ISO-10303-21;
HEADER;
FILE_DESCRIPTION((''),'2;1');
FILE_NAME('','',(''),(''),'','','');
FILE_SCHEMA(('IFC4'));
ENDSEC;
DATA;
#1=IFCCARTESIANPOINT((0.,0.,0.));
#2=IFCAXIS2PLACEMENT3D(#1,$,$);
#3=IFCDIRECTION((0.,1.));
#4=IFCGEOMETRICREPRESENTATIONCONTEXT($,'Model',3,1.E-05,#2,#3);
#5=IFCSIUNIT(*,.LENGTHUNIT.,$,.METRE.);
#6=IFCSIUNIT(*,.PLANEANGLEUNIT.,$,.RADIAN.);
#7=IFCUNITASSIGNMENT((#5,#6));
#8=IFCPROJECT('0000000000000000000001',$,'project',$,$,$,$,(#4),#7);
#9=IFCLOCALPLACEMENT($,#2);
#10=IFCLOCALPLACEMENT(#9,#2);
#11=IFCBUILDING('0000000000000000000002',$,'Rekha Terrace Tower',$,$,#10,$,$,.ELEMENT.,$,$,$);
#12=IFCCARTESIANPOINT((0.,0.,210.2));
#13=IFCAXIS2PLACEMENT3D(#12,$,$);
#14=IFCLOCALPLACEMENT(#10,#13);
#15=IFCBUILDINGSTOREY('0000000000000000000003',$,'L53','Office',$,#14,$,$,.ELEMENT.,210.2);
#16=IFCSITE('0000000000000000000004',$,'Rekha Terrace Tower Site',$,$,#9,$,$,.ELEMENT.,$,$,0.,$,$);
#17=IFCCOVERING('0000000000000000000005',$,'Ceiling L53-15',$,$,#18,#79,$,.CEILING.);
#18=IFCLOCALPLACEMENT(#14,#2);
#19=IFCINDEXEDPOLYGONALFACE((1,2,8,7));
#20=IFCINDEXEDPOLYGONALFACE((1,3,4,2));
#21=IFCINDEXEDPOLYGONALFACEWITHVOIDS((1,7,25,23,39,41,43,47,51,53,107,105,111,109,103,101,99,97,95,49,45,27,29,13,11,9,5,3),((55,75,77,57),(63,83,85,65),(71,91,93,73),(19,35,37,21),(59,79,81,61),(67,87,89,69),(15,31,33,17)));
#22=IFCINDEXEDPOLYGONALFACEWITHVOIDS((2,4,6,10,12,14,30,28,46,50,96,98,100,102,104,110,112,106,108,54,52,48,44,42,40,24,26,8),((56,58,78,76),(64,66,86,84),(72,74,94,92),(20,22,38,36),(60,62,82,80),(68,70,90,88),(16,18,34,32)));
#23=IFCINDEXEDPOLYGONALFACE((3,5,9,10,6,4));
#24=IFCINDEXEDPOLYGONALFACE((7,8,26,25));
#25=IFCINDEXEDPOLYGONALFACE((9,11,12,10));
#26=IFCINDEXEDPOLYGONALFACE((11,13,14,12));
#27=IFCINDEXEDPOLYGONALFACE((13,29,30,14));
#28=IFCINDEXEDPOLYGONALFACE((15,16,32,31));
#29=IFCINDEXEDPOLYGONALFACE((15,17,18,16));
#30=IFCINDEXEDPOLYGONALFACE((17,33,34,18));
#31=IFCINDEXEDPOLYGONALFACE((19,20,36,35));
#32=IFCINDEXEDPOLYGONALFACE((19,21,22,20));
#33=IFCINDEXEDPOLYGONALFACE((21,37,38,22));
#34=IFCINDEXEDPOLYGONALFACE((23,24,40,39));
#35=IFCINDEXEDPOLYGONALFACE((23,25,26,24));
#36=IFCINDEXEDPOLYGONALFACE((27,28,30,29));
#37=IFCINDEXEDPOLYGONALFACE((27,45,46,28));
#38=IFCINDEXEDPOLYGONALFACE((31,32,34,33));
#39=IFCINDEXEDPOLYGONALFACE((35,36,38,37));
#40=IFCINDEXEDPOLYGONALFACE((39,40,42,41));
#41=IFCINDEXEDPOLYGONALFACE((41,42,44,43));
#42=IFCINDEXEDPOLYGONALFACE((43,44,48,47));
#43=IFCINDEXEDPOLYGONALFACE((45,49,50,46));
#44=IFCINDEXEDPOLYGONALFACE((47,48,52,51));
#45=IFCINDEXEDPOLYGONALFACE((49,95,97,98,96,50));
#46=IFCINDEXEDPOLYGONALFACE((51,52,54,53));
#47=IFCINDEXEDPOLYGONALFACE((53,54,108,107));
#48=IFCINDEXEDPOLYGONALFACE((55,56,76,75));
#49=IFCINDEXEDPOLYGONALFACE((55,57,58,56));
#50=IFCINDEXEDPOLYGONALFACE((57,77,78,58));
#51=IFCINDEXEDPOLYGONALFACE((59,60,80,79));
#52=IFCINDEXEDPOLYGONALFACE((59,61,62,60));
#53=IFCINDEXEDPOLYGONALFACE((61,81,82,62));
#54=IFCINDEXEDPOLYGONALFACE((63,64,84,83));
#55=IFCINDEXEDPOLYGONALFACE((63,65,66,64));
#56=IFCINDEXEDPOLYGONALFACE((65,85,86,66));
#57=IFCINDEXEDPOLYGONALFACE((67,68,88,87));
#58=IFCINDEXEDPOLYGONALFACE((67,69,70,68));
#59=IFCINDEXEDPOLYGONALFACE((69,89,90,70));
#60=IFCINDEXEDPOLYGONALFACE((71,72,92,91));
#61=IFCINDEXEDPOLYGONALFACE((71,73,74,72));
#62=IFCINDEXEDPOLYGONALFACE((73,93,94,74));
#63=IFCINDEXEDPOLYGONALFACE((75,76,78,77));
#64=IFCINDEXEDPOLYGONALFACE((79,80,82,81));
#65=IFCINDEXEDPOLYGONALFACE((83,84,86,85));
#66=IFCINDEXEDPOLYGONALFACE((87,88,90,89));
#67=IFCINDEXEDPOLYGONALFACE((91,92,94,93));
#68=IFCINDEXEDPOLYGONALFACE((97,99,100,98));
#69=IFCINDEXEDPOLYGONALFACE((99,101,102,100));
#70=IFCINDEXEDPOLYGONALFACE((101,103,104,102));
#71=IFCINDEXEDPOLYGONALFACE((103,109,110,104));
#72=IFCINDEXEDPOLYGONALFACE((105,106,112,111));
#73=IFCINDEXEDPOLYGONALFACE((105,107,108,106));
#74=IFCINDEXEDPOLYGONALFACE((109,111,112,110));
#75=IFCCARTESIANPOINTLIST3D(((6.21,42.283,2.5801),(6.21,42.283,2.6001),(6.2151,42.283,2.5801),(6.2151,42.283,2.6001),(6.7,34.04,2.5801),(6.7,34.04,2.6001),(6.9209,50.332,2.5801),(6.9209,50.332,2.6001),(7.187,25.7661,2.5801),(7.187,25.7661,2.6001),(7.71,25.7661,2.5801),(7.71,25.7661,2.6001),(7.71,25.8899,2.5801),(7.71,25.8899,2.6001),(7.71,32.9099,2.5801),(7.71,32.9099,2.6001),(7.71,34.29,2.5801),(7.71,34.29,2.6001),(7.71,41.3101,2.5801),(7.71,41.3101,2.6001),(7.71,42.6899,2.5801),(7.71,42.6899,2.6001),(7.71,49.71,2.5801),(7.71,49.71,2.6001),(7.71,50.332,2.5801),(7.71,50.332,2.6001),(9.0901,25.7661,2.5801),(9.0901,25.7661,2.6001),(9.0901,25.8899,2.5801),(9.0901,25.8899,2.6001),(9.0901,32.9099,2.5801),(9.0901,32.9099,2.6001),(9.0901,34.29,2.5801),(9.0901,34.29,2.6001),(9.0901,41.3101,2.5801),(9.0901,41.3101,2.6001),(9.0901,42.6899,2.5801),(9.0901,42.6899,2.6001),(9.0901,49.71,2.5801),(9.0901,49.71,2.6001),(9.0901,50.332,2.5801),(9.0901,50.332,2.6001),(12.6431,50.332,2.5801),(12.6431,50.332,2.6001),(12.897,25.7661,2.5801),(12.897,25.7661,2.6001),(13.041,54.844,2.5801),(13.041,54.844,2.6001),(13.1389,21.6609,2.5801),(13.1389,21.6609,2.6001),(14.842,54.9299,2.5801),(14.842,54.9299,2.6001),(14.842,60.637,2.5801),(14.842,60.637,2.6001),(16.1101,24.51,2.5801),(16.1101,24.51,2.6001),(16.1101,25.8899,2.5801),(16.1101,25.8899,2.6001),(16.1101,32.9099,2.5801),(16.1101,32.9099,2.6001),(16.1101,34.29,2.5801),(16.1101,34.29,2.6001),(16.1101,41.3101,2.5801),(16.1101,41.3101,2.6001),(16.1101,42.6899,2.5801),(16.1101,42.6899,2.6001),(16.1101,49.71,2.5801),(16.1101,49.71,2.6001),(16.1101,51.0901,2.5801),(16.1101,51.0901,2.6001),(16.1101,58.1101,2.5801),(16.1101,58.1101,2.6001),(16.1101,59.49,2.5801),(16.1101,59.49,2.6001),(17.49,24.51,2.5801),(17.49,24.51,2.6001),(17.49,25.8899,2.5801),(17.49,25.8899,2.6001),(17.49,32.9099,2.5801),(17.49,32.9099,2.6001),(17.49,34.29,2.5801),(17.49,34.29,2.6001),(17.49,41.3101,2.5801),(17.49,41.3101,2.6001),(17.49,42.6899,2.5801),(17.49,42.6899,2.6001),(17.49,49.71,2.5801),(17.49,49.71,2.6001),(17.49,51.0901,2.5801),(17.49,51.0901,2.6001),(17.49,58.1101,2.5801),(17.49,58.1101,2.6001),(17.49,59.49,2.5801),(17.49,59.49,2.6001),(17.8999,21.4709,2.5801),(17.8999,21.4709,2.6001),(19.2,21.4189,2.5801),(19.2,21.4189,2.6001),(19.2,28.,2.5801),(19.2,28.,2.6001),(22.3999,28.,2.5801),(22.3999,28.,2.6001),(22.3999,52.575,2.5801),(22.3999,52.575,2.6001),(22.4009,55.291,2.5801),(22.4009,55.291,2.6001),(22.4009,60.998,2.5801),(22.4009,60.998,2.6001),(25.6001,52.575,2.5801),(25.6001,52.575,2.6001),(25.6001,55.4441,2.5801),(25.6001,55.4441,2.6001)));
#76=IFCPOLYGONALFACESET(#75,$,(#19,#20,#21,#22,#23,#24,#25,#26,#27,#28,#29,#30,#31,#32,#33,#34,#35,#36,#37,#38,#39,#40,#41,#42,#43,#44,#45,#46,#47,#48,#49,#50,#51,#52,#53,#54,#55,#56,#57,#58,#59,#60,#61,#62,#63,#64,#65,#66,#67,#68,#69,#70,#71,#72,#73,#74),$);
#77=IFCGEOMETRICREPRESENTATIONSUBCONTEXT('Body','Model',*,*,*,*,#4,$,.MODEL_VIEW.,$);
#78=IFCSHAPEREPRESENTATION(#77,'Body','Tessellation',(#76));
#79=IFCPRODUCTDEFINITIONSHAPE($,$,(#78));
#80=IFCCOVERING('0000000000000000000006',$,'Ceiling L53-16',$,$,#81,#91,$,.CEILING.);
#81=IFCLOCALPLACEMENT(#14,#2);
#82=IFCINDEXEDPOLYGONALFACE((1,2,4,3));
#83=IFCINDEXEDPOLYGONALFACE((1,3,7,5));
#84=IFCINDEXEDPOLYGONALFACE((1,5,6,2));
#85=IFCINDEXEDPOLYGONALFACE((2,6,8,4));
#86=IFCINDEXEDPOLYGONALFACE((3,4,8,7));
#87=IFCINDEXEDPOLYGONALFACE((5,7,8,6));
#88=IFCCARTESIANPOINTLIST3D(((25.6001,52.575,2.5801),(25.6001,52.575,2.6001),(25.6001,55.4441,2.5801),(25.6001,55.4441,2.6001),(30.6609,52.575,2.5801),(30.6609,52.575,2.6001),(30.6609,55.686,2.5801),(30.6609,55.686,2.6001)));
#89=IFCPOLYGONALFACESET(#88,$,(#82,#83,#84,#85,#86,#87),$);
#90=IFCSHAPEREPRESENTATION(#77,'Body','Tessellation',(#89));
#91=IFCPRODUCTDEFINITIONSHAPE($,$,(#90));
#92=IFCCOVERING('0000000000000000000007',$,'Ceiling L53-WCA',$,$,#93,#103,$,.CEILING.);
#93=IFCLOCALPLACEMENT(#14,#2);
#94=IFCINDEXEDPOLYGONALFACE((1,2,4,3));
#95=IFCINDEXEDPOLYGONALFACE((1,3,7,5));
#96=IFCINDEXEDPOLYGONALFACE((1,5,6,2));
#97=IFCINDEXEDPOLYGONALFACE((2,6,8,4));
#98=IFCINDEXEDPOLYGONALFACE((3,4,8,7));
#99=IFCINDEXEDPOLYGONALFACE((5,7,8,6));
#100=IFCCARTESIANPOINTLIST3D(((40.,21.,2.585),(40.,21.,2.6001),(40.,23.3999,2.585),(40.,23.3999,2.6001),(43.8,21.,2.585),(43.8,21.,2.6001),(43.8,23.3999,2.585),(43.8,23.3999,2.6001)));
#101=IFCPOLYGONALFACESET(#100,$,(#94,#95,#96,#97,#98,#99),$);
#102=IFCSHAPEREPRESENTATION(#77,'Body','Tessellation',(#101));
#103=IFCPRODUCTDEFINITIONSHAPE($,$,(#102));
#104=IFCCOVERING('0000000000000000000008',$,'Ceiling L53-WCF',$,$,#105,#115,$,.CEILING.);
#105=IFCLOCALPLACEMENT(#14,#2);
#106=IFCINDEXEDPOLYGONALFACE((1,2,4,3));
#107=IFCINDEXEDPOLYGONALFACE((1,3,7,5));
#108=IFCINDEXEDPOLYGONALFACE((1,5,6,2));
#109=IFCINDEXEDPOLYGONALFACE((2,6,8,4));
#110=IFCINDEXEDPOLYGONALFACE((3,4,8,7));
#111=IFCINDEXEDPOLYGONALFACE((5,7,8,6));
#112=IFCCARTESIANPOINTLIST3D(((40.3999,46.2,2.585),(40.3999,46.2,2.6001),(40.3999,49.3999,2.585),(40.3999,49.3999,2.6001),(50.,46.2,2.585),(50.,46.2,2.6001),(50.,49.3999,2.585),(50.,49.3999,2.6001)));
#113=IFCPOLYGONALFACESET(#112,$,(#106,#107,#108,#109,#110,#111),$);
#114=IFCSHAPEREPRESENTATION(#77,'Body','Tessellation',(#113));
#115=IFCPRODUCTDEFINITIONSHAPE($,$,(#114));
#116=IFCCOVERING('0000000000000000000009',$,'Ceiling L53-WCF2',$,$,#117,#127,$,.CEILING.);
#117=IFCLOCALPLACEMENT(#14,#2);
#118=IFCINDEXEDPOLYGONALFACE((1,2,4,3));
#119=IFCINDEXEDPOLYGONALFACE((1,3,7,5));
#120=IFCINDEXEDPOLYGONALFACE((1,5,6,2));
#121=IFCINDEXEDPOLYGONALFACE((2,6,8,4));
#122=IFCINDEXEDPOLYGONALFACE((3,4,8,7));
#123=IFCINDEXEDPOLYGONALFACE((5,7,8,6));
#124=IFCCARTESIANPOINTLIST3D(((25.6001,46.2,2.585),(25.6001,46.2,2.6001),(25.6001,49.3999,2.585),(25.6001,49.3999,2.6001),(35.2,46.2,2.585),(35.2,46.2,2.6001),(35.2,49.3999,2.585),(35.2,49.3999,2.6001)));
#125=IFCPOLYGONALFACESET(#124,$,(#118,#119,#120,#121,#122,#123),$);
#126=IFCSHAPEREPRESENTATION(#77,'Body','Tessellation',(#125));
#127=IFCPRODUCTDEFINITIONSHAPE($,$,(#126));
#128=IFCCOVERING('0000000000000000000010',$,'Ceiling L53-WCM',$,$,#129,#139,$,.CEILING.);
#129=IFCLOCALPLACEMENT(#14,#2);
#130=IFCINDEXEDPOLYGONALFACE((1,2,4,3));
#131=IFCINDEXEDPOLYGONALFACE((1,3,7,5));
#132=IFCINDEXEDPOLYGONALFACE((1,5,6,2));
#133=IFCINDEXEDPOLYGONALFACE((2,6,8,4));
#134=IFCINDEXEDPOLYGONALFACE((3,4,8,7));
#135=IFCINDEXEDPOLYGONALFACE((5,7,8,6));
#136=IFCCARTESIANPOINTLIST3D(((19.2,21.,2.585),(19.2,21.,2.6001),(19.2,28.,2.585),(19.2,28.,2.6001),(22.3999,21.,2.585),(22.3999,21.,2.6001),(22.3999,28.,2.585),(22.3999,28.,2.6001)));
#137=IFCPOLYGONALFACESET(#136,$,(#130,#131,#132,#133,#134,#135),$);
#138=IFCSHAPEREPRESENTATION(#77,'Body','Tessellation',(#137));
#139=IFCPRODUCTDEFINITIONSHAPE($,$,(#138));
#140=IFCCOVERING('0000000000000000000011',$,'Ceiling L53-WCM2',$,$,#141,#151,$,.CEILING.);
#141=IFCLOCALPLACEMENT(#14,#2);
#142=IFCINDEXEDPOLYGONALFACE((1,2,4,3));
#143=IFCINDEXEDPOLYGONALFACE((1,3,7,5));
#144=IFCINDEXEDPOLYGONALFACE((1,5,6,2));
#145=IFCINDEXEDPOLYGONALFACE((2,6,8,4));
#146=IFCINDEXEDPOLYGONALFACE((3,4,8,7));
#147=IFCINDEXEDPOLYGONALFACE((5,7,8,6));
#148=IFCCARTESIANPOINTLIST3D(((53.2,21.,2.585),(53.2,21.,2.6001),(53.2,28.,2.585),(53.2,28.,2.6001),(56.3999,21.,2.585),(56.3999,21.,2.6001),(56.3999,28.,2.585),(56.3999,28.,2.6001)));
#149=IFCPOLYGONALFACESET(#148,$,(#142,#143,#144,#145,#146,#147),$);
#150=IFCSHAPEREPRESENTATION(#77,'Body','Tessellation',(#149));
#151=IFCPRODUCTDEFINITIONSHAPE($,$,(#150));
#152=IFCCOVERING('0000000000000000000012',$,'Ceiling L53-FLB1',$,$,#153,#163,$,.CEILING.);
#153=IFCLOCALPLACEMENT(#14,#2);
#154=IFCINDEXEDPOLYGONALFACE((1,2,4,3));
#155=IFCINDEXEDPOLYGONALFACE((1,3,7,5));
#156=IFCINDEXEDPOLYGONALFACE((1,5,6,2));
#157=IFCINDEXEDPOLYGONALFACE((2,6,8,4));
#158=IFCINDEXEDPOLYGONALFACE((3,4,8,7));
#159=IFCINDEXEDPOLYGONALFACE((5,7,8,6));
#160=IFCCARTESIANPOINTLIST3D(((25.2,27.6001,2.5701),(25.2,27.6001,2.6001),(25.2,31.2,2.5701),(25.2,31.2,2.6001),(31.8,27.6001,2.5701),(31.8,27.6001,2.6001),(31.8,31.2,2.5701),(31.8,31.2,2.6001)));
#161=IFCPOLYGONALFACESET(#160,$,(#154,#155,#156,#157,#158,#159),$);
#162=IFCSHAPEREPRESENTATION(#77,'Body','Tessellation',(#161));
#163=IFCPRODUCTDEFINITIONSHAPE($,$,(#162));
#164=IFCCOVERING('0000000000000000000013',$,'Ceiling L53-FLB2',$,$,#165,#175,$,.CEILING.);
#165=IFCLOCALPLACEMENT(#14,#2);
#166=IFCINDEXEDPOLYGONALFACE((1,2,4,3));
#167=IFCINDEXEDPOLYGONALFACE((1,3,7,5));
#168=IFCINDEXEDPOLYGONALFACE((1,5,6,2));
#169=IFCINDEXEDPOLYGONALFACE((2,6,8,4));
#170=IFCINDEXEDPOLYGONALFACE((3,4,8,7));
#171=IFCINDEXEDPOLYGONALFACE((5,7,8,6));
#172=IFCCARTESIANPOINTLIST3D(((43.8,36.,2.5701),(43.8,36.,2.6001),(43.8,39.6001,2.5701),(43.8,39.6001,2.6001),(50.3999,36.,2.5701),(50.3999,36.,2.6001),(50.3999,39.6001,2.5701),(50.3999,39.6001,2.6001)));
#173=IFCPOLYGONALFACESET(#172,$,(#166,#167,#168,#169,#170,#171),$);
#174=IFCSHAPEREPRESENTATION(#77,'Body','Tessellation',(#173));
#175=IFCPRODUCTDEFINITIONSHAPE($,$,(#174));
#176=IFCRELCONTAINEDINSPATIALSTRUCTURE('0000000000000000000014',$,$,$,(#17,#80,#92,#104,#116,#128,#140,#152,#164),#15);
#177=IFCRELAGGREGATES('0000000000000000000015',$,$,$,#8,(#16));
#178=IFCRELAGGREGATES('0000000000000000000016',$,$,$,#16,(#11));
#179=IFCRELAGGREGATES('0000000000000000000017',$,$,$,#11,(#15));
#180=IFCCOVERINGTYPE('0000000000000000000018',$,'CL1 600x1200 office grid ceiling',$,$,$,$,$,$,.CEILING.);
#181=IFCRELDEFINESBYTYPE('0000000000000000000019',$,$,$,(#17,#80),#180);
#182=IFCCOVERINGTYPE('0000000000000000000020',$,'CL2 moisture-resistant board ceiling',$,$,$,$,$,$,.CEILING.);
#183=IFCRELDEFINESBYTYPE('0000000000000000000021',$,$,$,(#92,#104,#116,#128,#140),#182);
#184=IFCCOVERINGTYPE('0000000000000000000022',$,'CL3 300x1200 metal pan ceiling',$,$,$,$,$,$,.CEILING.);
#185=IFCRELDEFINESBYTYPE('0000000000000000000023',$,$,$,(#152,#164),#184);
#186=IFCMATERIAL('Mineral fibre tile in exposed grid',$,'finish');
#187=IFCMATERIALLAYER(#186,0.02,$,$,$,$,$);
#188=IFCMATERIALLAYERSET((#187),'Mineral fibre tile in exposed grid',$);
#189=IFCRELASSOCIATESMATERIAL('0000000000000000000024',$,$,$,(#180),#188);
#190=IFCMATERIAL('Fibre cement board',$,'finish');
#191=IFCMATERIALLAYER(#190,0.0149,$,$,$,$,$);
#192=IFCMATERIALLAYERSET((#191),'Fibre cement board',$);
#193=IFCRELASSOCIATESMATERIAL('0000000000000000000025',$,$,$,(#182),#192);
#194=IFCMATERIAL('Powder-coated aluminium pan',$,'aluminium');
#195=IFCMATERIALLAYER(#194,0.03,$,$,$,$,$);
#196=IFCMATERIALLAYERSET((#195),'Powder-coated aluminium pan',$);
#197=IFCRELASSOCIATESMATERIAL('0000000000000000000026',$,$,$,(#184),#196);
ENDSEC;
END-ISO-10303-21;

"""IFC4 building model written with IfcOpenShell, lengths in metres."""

from ifc_helpers import new_model, si_unit, direction, frame, origin, place, context, subcontext, project, spatial, polyline, outline, extrude, material, layer, layer_set, type_object, element, save


model = new_model("IFC4")

# Units and contexts
model_context = context("Model", 3, precision=1e-05, world=origin(), true_north=direction((0.0, 1.0)))
body_context = subcontext(model_context, "Body", "Model", "MODEL_VIEW")
ifc_project = project(units=[si_unit("LENGTHUNIT", "METRE"), si_unit("PLANEANGLEUNIT", "RADIAN")], contexts=[model_context])

# Site, building, storey
site_placement = place(None, origin())
site = spatial("IfcSite", under=ifc_project, at=site_placement, Name="Rekha Terrace Tower Site", CompositionType="ELEMENT", RefElevation=0.0)
building_placement = place(site_placement, origin())
building = spatial("IfcBuilding", under=site, at=building_placement, Name="Rekha Terrace Tower", CompositionType="ELEMENT")
storey_placement = place(building_placement, frame((0.0, 0.0, 210.2)))
storey = spatial("IfcBuildingStorey", under=building, at=storey_placement, Name="L53", Description="Office", CompositionType="ELEMENT", Elevation=210.2)

# Coverings
ifc_material_1 = material(Name="Mineral fibre tile in exposed grid", Category="finish")
ifc_layer_1 = layer(ifc_material_1, 0.02)
ifc_layer_set_1 = layer_set([ifc_layer_1], Name="Mineral fibre tile in exposed grid")
covering_type_1 = type_object("IfcCoveringType", Name="CL1 600x1200 office grid ceiling", PredefinedType="CEILING", material=ifc_layer_set_1)
covering_1_placement = place(storey_placement, frame((0.0, 0.0, 2.5801)))
element("IfcCovering", 1, at=covering_1_placement, inside=storey, type_object=covering_type_1, Name="Ceiling L53-15", PredefinedType="CEILING", context=body_context, shape_type="SweptSolid", body=[
    extrude(outline(polyline([(6.9209, 50.332), (6.21, 42.283), (6.2151, 42.283), (6.7, 34.04), (7.187, 25.7661), (7.71, 25.7661), (7.71, 25.8899), (9.0901, 25.8899), (9.0901, 25.7661), (12.897, 25.7661), (13.1389, 21.6609), (17.8999, 21.4709), (19.2, 21.4189), (19.2, 28.0), (22.3999, 28.0), (22.3999, 52.575), (25.6001, 52.575), (25.6001, 55.4441), (22.4009, 55.291), (22.4009, 60.998), (14.842, 60.637), (14.842, 54.9299), (13.041, 54.844), (12.6431, 50.332), (9.0901, 50.332), (9.0901, 49.71), (7.71, 49.71), (7.71, 50.332), (6.9209, 50.332)]), holes=[polyline([(17.49, 24.51), (16.1101, 24.51), (16.1101, 25.8899), (17.49, 25.8899), (17.49, 24.51)]), polyline([(17.49, 32.9099), (16.1101, 32.9099), (16.1101, 34.29), (17.49, 34.29), (17.49, 32.9099)]), polyline([(17.49, 42.6899), (17.49, 41.3101), (16.1101, 41.3101), (16.1101, 42.6899), (17.49, 42.6899)]), polyline([(17.49, 51.0901), (17.49, 49.71), (16.1101, 49.71), (16.1101, 51.0901), (17.49, 51.0901)]), polyline([(17.49, 59.49), (17.49, 58.1101), (16.1101, 58.1101), (16.1101, 59.49), (17.49, 59.49)]), polyline([(9.0901, 34.29), (9.0901, 32.9099), (7.71, 32.9099), (7.71, 34.29), (9.0901, 34.29)]), polyline([(9.0901, 41.3101), (7.71, 41.3101), (7.71, 42.6899), (9.0901, 42.6899), (9.0901, 41.3101)])]), origin(), (0.0, 0.0, 1.0), 0.02),
])
covering_2_placement = place(storey_placement, frame((0.0, 0.0, 2.5801)))
element("IfcCovering", 2, at=covering_2_placement, inside=storey, type_object=covering_type_1, Name="Ceiling L53-16", PredefinedType="CEILING", context=body_context, shape_type="SweptSolid", body=[
    extrude(outline(polyline([(25.6001, 55.4441), (25.6001, 52.575), (30.6609, 52.575), (30.6609, 55.686), (25.6001, 55.4441)])), origin(), (0.0, 0.0, 1.0), 0.02),
])
ifc_material_2 = material(Name="Fibre cement board", Category="finish")
ifc_layer_2 = layer(ifc_material_2, 0.0149)
ifc_layer_set_2 = layer_set([ifc_layer_2], Name="Fibre cement board")
covering_type_2 = type_object("IfcCoveringType", Name="CL2 moisture-resistant board ceiling", PredefinedType="CEILING", material=ifc_layer_set_2)
covering_3_placement = place(storey_placement, frame((0.0, 0.0, 2.585)))
element("IfcCovering", 3, at=covering_3_placement, inside=storey, type_object=covering_type_2, Name="Ceiling L53-WCA", PredefinedType="CEILING", context=body_context, shape_type="SweptSolid", body=[
    extrude(outline(polyline([(43.8, 23.3999), (40.0, 23.3999), (40.0, 21.0), (43.8, 21.0), (43.8, 23.3999)])), origin(), (0.0, 0.0, 1.0), 0.0151),
])
covering_4_placement = place(storey_placement, frame((0.0, 0.0, 2.585)))
element("IfcCovering", 4, at=covering_4_placement, inside=storey, type_object=covering_type_2, Name="Ceiling L53-WCF", PredefinedType="CEILING", context=body_context, shape_type="SweptSolid", body=[
    extrude(outline(polyline([(50.0, 49.3999), (40.3999, 49.3999), (40.3999, 46.2), (50.0, 46.2), (50.0, 49.3999)])), origin(), (0.0, 0.0, 1.0), 0.0151),
])
covering_5_placement = place(storey_placement, frame((0.0, 0.0, 2.585)))
element("IfcCovering", 5, at=covering_5_placement, inside=storey, type_object=covering_type_2, Name="Ceiling L53-WCF2", PredefinedType="CEILING", context=body_context, shape_type="SweptSolid", body=[
    extrude(outline(polyline([(35.2, 49.3999), (25.6001, 49.3999), (25.6001, 46.2), (35.2, 46.2), (35.2, 49.3999)])), origin(), (0.0, 0.0, 1.0), 0.0151),
])
covering_6_placement = place(storey_placement, frame((0.0, 0.0, 2.585)))
element("IfcCovering", 6, at=covering_6_placement, inside=storey, type_object=covering_type_2, Name="Ceiling L53-WCM", PredefinedType="CEILING", context=body_context, shape_type="SweptSolid", body=[
    extrude(outline(polyline([(22.3999, 28.0), (19.2, 28.0), (19.2, 21.0), (22.3999, 21.0), (22.3999, 28.0)])), origin(), (0.0, 0.0, 1.0), 0.0151),
])
covering_7_placement = place(storey_placement, frame((0.0, 0.0, 2.585)))
element("IfcCovering", 7, at=covering_7_placement, inside=storey, type_object=covering_type_2, Name="Ceiling L53-WCM2", PredefinedType="CEILING", context=body_context, shape_type="SweptSolid", body=[
    extrude(outline(polyline([(56.3999, 28.0), (53.2, 28.0), (53.2, 21.0), (56.3999, 21.0), (56.3999, 28.0)])), origin(), (0.0, 0.0, 1.0), 0.0151),
])
ifc_material_3 = material(Name="Powder-coated aluminium pan", Category="aluminium")
ifc_layer_3 = layer(ifc_material_3, 0.03)
ifc_layer_set_3 = layer_set([ifc_layer_3], Name="Powder-coated aluminium pan")
covering_type_3 = type_object("IfcCoveringType", Name="CL3 300x1200 metal pan ceiling", PredefinedType="CEILING", material=ifc_layer_set_3)
covering_8_placement = place(storey_placement, frame((0.0, 0.0, 2.5701)))
element("IfcCovering", 8, at=covering_8_placement, inside=storey, type_object=covering_type_3, Name="Ceiling L53-FLB1", PredefinedType="CEILING", context=body_context, shape_type="SweptSolid", body=[
    extrude(outline(polyline([(31.8, 31.2), (25.2, 31.2), (25.2, 27.6001), (31.8, 27.6001), (31.8, 31.2)])), origin(), (0.0, 0.0, 1.0), 0.03),
])
covering_9_placement = place(storey_placement, frame((0.0, 0.0, 2.5701)))
element("IfcCovering", 9, at=covering_9_placement, inside=storey, type_object=covering_type_3, Name="Ceiling L53-FLB2", PredefinedType="CEILING", context=body_context, shape_type="SweptSolid", body=[
    extrude(outline(polyline([(50.3999, 39.6001), (43.8, 39.6001), (43.8, 36.0), (50.3999, 36.0), (50.3999, 39.6001)])), origin(), (0.0, 0.0, 1.0), 0.03),
])

save(model, "model.ifc")
